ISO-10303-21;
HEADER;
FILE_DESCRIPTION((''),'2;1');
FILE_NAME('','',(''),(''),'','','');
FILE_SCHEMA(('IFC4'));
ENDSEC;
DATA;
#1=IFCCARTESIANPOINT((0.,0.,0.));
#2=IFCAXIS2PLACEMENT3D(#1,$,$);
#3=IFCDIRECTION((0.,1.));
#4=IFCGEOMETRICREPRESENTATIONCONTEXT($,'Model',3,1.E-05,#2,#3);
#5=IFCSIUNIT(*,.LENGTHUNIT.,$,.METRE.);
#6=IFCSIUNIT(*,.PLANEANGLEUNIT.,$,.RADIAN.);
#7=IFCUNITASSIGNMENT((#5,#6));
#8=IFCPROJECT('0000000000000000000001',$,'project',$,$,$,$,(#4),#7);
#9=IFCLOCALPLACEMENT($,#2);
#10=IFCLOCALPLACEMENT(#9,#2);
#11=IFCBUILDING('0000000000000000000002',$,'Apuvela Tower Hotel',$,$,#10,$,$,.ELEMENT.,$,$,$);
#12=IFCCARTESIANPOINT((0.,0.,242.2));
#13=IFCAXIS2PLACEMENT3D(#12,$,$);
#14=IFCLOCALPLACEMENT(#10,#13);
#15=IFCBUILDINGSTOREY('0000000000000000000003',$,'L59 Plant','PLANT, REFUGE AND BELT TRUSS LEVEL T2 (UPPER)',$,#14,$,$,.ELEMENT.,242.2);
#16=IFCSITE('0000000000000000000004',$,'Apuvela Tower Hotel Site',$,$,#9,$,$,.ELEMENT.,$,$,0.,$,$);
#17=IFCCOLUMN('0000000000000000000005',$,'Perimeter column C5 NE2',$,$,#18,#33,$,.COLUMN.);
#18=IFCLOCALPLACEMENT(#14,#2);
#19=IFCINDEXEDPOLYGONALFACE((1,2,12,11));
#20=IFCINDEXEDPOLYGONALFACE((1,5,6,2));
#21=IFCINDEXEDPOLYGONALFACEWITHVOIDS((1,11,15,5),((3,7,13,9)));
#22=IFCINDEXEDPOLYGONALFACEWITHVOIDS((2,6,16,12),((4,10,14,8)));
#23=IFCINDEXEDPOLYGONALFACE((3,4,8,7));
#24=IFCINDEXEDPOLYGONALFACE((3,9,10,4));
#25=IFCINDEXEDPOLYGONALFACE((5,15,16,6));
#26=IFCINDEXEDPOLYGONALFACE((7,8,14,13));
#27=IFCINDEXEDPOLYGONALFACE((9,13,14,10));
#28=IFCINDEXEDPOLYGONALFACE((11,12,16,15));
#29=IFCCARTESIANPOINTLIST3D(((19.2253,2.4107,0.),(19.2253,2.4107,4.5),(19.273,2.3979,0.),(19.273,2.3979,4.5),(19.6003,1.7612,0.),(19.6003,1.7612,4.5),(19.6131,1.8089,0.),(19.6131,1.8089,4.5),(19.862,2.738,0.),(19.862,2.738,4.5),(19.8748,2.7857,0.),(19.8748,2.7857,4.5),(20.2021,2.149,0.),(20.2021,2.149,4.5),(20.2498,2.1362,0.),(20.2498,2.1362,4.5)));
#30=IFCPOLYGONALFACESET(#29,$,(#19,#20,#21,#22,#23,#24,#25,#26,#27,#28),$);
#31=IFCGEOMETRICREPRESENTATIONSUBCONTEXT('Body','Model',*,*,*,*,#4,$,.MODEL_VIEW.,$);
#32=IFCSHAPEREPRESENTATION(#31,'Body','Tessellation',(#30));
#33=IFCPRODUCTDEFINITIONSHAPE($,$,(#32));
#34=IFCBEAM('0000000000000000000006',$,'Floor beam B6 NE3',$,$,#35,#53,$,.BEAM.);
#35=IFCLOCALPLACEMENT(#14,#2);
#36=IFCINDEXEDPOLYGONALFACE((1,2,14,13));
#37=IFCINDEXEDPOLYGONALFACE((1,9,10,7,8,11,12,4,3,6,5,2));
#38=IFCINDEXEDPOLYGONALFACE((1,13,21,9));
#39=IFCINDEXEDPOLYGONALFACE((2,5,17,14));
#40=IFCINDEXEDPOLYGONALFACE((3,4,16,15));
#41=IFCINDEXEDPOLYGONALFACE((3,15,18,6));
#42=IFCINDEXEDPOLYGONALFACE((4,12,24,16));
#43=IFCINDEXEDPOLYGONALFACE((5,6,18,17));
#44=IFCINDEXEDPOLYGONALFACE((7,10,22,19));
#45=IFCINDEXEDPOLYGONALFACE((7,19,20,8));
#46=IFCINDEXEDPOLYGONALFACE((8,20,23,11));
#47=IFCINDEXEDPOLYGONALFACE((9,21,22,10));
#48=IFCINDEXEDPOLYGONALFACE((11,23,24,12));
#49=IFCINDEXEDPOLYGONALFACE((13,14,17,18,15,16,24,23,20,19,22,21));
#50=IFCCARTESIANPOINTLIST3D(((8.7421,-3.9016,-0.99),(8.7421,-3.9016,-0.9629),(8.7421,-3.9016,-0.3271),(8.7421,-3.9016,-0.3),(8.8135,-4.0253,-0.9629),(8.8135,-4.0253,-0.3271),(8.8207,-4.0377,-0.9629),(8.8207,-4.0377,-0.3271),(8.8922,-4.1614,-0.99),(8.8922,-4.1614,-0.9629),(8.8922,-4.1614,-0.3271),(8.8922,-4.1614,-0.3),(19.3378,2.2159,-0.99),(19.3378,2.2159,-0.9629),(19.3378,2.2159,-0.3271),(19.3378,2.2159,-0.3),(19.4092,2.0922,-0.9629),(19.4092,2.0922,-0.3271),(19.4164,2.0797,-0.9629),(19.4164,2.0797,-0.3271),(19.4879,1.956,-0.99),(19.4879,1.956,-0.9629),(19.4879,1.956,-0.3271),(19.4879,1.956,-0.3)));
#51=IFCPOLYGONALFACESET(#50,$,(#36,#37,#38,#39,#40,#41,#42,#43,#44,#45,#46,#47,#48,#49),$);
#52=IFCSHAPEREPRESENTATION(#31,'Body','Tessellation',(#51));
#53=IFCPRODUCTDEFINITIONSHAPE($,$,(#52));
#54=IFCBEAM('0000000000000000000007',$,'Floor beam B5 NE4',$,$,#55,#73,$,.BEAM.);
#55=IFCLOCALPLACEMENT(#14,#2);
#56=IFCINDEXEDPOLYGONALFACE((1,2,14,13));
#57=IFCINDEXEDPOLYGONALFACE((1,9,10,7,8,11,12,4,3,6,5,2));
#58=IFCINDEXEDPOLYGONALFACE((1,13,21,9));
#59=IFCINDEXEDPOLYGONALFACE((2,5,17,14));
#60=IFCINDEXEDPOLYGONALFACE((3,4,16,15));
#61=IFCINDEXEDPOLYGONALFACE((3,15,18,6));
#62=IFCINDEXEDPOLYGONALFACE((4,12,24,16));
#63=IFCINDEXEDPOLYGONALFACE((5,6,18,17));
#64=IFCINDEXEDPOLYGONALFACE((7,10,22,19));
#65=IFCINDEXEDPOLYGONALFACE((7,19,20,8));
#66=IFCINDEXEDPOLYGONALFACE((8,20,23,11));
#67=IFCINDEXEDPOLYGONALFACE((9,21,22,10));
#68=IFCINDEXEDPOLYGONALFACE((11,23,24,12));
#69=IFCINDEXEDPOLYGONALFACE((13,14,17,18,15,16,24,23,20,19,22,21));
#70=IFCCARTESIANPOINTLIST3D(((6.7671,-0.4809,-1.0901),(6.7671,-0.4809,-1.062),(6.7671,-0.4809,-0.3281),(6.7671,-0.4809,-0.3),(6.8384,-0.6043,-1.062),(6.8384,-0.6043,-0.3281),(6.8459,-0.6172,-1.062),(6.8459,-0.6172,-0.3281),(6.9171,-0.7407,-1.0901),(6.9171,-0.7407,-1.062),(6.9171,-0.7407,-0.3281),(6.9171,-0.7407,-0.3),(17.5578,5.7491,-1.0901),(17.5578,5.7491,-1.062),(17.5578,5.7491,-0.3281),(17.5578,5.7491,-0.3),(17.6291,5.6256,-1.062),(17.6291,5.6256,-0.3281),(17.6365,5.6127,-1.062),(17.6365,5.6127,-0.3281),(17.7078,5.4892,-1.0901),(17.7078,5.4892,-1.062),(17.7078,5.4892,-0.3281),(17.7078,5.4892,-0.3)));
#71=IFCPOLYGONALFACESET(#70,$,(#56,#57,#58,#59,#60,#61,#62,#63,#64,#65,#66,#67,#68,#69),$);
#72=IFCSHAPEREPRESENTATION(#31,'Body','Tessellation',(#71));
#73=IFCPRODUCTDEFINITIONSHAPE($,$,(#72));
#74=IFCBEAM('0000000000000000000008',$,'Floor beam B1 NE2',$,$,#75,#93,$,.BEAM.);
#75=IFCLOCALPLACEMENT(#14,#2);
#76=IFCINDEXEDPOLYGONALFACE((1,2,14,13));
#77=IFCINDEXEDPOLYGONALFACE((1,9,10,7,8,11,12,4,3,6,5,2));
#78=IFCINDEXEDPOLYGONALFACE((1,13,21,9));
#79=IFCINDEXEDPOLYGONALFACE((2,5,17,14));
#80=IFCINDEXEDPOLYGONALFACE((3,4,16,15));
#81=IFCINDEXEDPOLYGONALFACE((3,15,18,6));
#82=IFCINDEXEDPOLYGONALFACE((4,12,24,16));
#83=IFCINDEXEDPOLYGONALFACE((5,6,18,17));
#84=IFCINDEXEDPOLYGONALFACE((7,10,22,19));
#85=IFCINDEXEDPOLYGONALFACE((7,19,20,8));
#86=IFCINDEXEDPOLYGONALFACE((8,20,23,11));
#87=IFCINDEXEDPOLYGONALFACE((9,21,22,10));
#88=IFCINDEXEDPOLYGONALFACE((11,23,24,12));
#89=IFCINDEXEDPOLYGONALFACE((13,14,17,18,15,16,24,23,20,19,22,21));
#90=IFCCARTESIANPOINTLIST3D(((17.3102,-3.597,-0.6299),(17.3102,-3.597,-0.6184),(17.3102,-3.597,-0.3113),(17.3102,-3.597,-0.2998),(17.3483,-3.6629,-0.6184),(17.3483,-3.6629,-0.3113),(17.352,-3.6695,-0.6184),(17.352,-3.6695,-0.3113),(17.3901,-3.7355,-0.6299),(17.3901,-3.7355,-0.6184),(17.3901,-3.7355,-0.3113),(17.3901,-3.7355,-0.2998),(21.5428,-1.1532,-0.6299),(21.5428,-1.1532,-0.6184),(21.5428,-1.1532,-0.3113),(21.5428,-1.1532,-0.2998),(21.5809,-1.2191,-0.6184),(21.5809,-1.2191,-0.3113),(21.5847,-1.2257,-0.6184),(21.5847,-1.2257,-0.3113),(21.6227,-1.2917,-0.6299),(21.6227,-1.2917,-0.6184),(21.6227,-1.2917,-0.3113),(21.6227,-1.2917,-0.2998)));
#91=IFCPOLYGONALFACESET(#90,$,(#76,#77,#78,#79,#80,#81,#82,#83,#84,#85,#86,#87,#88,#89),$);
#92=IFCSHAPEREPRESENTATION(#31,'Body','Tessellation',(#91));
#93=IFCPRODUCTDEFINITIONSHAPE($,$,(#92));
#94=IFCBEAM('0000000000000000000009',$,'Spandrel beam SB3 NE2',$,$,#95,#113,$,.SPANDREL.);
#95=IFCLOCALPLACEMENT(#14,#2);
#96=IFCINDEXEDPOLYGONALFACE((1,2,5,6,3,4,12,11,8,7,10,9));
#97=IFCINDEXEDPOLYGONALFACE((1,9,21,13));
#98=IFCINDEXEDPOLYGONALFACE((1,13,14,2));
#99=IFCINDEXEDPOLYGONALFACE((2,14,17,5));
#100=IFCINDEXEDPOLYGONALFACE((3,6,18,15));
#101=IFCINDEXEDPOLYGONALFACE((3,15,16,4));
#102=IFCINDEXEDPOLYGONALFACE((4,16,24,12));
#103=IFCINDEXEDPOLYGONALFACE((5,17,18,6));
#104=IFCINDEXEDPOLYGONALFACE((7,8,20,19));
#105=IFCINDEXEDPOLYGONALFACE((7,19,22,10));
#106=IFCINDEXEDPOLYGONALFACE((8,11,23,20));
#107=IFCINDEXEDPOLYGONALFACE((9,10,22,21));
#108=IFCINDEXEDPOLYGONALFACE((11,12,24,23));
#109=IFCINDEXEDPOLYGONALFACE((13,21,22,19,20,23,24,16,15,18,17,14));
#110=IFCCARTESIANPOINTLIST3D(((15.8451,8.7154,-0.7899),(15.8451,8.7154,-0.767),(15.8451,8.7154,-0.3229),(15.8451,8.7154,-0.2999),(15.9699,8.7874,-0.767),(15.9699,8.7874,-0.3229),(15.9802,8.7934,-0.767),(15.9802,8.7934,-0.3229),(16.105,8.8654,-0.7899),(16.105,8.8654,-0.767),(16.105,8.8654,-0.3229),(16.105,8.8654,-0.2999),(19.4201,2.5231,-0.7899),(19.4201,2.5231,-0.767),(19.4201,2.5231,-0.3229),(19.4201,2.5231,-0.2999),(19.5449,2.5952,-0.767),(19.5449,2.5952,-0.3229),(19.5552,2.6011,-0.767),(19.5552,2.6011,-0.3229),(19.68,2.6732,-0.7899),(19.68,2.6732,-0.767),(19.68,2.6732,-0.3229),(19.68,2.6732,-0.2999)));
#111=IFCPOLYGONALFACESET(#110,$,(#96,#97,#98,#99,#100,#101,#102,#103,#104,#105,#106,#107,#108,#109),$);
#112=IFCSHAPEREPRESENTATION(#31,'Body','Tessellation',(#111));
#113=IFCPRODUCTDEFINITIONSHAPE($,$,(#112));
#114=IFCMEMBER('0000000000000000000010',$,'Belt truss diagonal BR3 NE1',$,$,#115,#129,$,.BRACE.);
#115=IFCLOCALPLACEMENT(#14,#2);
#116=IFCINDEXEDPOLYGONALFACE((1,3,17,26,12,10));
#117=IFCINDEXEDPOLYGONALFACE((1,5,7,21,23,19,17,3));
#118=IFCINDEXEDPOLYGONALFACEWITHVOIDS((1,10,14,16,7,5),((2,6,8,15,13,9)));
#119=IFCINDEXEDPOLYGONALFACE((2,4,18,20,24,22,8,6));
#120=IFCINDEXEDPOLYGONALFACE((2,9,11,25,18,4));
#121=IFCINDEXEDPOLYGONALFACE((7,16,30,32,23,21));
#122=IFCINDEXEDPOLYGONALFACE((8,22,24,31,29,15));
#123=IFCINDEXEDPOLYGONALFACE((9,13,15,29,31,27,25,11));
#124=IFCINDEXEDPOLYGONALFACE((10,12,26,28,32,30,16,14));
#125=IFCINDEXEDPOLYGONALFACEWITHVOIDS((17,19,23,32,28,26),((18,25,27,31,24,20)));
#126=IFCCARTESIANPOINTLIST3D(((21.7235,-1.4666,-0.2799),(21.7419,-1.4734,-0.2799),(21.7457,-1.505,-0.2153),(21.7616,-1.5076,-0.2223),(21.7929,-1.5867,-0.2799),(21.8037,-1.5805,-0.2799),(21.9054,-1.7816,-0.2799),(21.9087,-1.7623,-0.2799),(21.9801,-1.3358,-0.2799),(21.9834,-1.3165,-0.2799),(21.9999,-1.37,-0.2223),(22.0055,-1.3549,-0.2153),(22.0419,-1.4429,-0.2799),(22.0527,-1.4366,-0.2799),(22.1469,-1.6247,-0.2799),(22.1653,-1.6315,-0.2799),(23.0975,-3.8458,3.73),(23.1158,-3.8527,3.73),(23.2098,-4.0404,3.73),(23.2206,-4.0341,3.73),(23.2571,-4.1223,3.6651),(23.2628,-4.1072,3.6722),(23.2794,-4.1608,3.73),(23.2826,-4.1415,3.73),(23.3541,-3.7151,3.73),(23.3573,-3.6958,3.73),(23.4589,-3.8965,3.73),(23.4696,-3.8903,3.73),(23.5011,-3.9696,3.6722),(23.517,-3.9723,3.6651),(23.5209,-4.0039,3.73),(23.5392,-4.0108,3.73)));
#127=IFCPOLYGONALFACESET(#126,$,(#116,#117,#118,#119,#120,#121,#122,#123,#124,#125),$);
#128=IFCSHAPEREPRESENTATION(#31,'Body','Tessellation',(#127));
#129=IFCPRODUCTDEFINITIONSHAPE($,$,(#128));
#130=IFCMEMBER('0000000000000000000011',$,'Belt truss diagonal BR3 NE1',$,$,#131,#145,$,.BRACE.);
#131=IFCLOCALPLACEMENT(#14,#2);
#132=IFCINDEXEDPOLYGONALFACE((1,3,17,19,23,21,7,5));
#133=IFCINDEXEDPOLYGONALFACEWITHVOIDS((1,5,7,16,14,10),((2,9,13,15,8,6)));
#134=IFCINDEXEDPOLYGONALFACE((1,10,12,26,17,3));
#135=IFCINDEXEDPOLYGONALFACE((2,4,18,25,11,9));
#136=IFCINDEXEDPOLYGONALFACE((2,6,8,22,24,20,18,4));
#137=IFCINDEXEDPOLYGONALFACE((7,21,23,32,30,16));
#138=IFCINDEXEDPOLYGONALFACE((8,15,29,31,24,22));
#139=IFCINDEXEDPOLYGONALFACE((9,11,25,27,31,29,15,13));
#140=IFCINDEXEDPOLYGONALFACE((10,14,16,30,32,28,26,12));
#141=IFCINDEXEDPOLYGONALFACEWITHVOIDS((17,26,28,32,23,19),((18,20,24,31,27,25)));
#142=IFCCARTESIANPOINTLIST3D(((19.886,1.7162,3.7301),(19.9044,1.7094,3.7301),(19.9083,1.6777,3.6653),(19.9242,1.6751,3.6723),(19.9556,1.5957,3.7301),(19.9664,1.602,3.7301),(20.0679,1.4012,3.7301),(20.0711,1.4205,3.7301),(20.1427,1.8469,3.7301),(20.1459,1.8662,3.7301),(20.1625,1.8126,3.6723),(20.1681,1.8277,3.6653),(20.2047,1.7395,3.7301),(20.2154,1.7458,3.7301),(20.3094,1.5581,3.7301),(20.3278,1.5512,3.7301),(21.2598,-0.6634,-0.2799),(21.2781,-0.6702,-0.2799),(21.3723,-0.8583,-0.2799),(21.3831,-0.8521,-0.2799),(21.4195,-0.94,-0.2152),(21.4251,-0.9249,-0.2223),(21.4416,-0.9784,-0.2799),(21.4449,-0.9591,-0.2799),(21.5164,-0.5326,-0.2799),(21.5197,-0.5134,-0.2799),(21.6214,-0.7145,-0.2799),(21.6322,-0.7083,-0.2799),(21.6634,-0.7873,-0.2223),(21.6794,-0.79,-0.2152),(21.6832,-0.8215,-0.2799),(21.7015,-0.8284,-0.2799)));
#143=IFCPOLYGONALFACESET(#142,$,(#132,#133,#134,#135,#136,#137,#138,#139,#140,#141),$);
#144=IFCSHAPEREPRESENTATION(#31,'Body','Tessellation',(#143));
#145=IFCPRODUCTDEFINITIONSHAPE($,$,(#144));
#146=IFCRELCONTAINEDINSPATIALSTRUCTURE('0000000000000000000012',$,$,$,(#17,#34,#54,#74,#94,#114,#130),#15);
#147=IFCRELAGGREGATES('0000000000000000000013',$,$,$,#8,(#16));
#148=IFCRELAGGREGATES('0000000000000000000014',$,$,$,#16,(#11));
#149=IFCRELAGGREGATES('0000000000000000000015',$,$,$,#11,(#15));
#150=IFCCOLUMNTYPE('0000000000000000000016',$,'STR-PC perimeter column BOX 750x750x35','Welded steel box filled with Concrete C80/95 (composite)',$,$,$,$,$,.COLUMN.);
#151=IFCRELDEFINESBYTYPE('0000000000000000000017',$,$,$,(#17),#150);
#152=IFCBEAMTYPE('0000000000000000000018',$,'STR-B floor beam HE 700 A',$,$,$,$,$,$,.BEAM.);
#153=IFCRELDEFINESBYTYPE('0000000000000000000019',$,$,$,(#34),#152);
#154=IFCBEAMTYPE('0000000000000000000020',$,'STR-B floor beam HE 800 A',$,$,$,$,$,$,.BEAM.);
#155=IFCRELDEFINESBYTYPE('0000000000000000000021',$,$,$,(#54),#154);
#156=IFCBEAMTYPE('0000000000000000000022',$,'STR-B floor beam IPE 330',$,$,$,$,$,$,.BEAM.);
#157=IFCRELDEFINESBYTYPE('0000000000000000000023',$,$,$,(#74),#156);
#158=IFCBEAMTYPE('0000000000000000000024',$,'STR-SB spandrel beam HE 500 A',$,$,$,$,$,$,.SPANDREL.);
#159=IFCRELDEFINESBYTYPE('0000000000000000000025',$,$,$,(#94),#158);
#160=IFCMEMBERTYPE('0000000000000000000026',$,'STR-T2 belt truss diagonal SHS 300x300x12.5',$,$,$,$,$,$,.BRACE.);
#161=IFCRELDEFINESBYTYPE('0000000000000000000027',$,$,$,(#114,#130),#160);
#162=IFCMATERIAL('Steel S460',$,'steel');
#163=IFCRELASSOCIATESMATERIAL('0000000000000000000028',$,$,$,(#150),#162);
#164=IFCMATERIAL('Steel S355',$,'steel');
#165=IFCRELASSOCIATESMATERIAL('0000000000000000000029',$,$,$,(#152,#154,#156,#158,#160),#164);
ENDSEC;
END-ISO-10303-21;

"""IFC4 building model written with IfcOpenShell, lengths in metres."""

from ifc_helpers import new_model, si_unit, direction, frame, origin, origin_2d, place, context, subcontext, project, spatial, rectangle, hollow_rectangle, i_section, extrude, boolean, halfspace, material, material_profile, profile_set, type_object, element, save


model = new_model("IFC4")

# Units and contexts
model_context = context("Model", 3, precision=1e-05, world=origin(), true_north=direction((0.0, 1.0)))
body_context = subcontext(model_context, "Body", "Model", "MODEL_VIEW")
ifc_project = project(units=[si_unit("LENGTHUNIT", "METRE"), si_unit("PLANEANGLEUNIT", "RADIAN")], contexts=[model_context])

# Site, building, storey
site_placement = place(None, origin())
site = spatial("IfcSite", under=ifc_project, at=site_placement, Name="Apuvela Tower Hotel Site", CompositionType="ELEMENT", RefElevation=0.0)
building_placement = place(site_placement, origin())
building = spatial("IfcBuilding", under=site, at=building_placement, Name="Apuvela Tower Hotel", CompositionType="ELEMENT")
storey_placement = place(building_placement, frame((0.0, 0.0, 242.2)))
storey = spatial("IfcBuildingStorey", under=building, at=storey_placement, Name="L59 Plant", Description="PLANT, REFUGE AND BELT TRUSS LEVEL T2 (UPPER)", CompositionType="ELEMENT", Elevation=242.2)

# Column
ifc_material_1 = material(Name="Steel S460", Category="steel")
ifc_material_profile_1 = material_profile(ifc_material_1, hollow_rectangle(XDim=0.75, YDim=0.75, WallThickness=0.0349, at=origin_2d()), Name="BOX 750x750x35")
ifc_material_2 = material(Name="Concrete C80/95", Category="concrete")
ifc_material_profile_2 = material_profile(ifc_material_2, rectangle(XDim=0.6799, YDim=0.6799, at=origin_2d()), Name="Concrete C80/95 infill")
ifc_profile_set_1 = profile_set([ifc_material_profile_1, ifc_material_profile_2], Name="Steel S460")
column_type = type_object("IfcColumnType", Name="STR-PC perimeter column BOX 750x750x35", Description="Welded steel box filled with Concrete C80/95 (composite)", PredefinedType="COLUMN", material=ifc_profile_set_1)
column_placement = place(storey_placement, frame((19.7375, 2.2734, 0.0), z_axis=(0.0, 0.0, 1.0), x_axis=(-0.5, 0.866025, 0.0)))
element("IfcColumn", 1, at=column_placement, inside=storey, type_object=column_type, Name="Perimeter column C5 NE2", PredefinedType="COLUMN", context=body_context, shape_type="SweptSolid", body=[
    extrude(hollow_rectangle(XDim=0.75, YDim=0.75, WallThickness=0.0349, at=origin_2d()), origin(), (0.0, 0.0, 1.0), 4.5),
])

# Beams
ifc_material_3 = material(Name="Steel S355", Category="steel")
ifc_material_profile_3 = material_profile(ifc_material_3, i_section(OverallWidth=0.3, OverallDepth=0.6899, WebThickness=0.0144, FlangeThickness=0.0271, at=origin_2d()), Name="HE 700 A")
ifc_profile_set_2 = profile_set([ifc_material_profile_3], Name="Steel S355")
beam_type_1 = type_object("IfcBeamType", Name="STR-B floor beam HE 700 A", PredefinedType="BEAM", material=ifc_profile_set_2)
beam_1_placement = place(storey_placement, frame((19.4128, 2.0859, -0.645), z_axis=(-0.866025, -0.5, 0.0), x_axis=(0.5, -0.866025, 0.0)))
element("IfcBeam", 2, at=beam_1_placement, inside=storey, type_object=beam_type_1, Name="Floor beam B6 NE3", PredefinedType="BEAM", context=body_context, shape_type="SweptSolid", body=[
    extrude(i_section(OverallWidth=0.3, OverallDepth=0.6899, WebThickness=0.0144, FlangeThickness=0.0271, at=origin_2d()), origin(), (0.0, 0.0, 1.0), 12.2349),
])
ifc_material_profile_4 = material_profile(ifc_material_3, i_section(OverallWidth=0.3, OverallDepth=0.79, WebThickness=0.0149, FlangeThickness=0.0281, at=origin_2d()), Name="HE 800 A")
ifc_profile_set_3 = profile_set([ifc_material_profile_4], Name="Steel S355")
beam_type_2 = type_object("IfcBeamType", Name="STR-B floor beam HE 800 A", PredefinedType="BEAM", material=ifc_profile_set_3)
beam_2_placement = place(storey_placement, frame((17.6328, 5.6191, -0.6951), z_axis=(-0.866028, -0.499996, 0.0), x_axis=(0.499996, -0.866028, 0.0)))
element("IfcBeam", 3, at=beam_2_placement, inside=storey, type_object=beam_type_2, Name="Floor beam B5 NE4", PredefinedType="BEAM", context=body_context, shape_type="SweptSolid", body=[
    extrude(i_section(OverallWidth=0.3, OverallDepth=0.79, WebThickness=0.0149, FlangeThickness=0.0281, at=origin_2d()), origin(), (0.0, 0.0, 1.0), 12.46),
])
ifc_material_profile_5 = material_profile(ifc_material_3, i_section(OverallWidth=0.1599, OverallDepth=0.3301, WebThickness=0.0076, FlangeThickness=0.0115, at=origin_2d()), Name="IPE 330")
ifc_profile_set_4 = profile_set([ifc_material_profile_5], Name="Steel S355")
beam_type_3 = type_object("IfcBeamType", Name="STR-B floor beam IPE 330", PredefinedType="BEAM", material=ifc_profile_set_4)
beam_3_placement = place(storey_placement, frame((21.5828, -1.2224, -0.4648), z_axis=(-0.866015, -0.500018, 0.0), x_axis=(0.500018, -0.866015, 0.0)))
element("IfcBeam", 4, at=beam_3_placement, inside=storey, type_object=beam_type_3, Name="Floor beam B1 NE2", PredefinedType="BEAM", context=body_context, shape_type="SweptSolid", body=[
    extrude(i_section(OverallWidth=0.1599, OverallDepth=0.3301, WebThickness=0.0076, FlangeThickness=0.0115, at=origin_2d()), origin(), (0.0, 0.0, 1.0), 4.8875),
])
ifc_material_profile_6 = material_profile(ifc_material_3, i_section(OverallWidth=0.3, OverallDepth=0.49, WebThickness=0.012, FlangeThickness=0.0229, at=origin_2d()), Name="HE 500 A")
ifc_profile_set_5 = profile_set([ifc_material_profile_6], Name="Steel S355")
beam_type_4 = type_object("IfcBeamType", Name="STR-SB spandrel beam HE 500 A", PredefinedType="SPANDREL", material=ifc_profile_set_5)
beam_4_placement = place(storey_placement, frame((19.55, 2.5981, -0.5449), z_axis=(-0.499991, 0.86603, 0.0), x_axis=(-0.86603, -0.499991, 0.0)))
element("IfcBeam", 5, at=beam_4_placement, inside=storey, type_object=beam_type_4, Name="Spandrel beam SB3 NE2", PredefinedType="SPANDREL", context=body_context, shape_type="SweptSolid", body=[
    extrude(i_section(OverallWidth=0.3, OverallDepth=0.49, WebThickness=0.012, FlangeThickness=0.0229, at=origin_2d()), origin(), (0.0, 0.0, 1.0), 7.1501),
])

# Members
ifc_material_profile_7 = material_profile(ifc_material_3, hollow_rectangle(XDim=0.3, YDim=0.3, WallThickness=0.0125, at=origin_2d()), Name="SHS 300x300x12.5")
ifc_profile_set_6 = profile_set([ifc_material_profile_7], Name="Steel S355")
member_type = type_object("IfcMemberType", Name="STR-T2 belt truss diagonal SHS 300x300x12.5", PredefinedType="BRACE", material=ifc_profile_set_6)
member_1_placement = place(storey_placement, frame((21.9375, -1.5371, -0.3), z_axis=(0.282654, -0.489473, 0.824938), x_axis=(-0.412531, 0.714382, 0.565223)))
solid_1 = boolean("DIFFERENCE", boolean("DIFFERENCE", extrude(hollow_rectangle(XDim=0.3, YDim=0.3, WallThickness=0.0125, at=origin_2d()), frame((0.0, 0.0, -0.2229)), (0.0, 0.0, 1.0), 5.3552), halfspace(frame((0.0, 0.0, 0.0244), z_axis=(0.565223, 0.0, 0.824938), x_axis=(0.824938, 0.0, -0.565223)), True)), halfspace(frame((0.0, 0.0, 4.8853), z_axis=(0.565223, 0.0, 0.824938), x_axis=(0.824938, 0.0, -0.565223)), False))
element("IfcMember", 6, at=member_1_placement, inside=storey, type_object=member_type, Name="Belt truss diagonal BR3 NE1", PredefinedType="BRACE", context=body_context, shape_type="SweptSolid", body=[
    boolean("UNION", boolean("DIFFERENCE", boolean("DIFFERENCE", extrude(hollow_rectangle(XDim=0.3, YDim=0.3, WallThickness=0.0125, at=origin_2d()), origin(), (0.0, 0.0, 1.0), 4.9094), halfspace(frame((0.0, 0.0, 0.0244), z_axis=(0.565223, 0.0, 0.824938), x_axis=(0.824938, 0.0, -0.565223)), True)), halfspace(frame((0.0, 0.0, 4.8853), z_axis=(0.565223, 0.0, 0.824938), x_axis=(0.824938, 0.0, -0.565223)), False)), solid_1),
])
member_2_placement = place(storey_placement, frame((21.4875, -0.7578, -0.3), z_axis=(-0.282601, 0.489518, 0.82493), x_axis=(0.412441, -0.714424, 0.565235)))
solid_2 = boolean("DIFFERENCE", boolean("DIFFERENCE", extrude(hollow_rectangle(XDim=0.3, YDim=0.3, WallThickness=0.0125, at=origin_2d()), frame((0.0, 0.0, -0.2229)), (0.0, 0.0, 1.0), 5.3552), halfspace(frame((0.0, 0.0, 0.0244), z_axis=(0.565235, 0.0, 0.82493), x_axis=(0.82493, 0.0, -0.565235)), True)), halfspace(frame((0.0, 0.0, 4.8855), z_axis=(0.565235, 0.0, 0.82493), x_axis=(0.82493, 0.0, -0.565235)), False))
element("IfcMember", 7, at=member_2_placement, inside=storey, type_object=member_type, Name="Belt truss diagonal BR3 NE1", PredefinedType="BRACE", context=body_context, shape_type="SweptSolid", body=[
    boolean("UNION", boolean("DIFFERENCE", boolean("DIFFERENCE", extrude(hollow_rectangle(XDim=0.3, YDim=0.3, WallThickness=0.0125, at=origin_2d()), origin(), (0.0, 0.0, 1.0), 4.9097), halfspace(frame((0.0, 0.0, 0.0244), z_axis=(0.565235, 0.0, 0.82493), x_axis=(0.82493, 0.0, -0.565235)), True)), halfspace(frame((0.0, 0.0, 4.8855), z_axis=(0.565235, 0.0, 0.82493), x_axis=(0.82493, 0.0, -0.565235)), False)), solid_2),
])

save(model, "model.ifc")
